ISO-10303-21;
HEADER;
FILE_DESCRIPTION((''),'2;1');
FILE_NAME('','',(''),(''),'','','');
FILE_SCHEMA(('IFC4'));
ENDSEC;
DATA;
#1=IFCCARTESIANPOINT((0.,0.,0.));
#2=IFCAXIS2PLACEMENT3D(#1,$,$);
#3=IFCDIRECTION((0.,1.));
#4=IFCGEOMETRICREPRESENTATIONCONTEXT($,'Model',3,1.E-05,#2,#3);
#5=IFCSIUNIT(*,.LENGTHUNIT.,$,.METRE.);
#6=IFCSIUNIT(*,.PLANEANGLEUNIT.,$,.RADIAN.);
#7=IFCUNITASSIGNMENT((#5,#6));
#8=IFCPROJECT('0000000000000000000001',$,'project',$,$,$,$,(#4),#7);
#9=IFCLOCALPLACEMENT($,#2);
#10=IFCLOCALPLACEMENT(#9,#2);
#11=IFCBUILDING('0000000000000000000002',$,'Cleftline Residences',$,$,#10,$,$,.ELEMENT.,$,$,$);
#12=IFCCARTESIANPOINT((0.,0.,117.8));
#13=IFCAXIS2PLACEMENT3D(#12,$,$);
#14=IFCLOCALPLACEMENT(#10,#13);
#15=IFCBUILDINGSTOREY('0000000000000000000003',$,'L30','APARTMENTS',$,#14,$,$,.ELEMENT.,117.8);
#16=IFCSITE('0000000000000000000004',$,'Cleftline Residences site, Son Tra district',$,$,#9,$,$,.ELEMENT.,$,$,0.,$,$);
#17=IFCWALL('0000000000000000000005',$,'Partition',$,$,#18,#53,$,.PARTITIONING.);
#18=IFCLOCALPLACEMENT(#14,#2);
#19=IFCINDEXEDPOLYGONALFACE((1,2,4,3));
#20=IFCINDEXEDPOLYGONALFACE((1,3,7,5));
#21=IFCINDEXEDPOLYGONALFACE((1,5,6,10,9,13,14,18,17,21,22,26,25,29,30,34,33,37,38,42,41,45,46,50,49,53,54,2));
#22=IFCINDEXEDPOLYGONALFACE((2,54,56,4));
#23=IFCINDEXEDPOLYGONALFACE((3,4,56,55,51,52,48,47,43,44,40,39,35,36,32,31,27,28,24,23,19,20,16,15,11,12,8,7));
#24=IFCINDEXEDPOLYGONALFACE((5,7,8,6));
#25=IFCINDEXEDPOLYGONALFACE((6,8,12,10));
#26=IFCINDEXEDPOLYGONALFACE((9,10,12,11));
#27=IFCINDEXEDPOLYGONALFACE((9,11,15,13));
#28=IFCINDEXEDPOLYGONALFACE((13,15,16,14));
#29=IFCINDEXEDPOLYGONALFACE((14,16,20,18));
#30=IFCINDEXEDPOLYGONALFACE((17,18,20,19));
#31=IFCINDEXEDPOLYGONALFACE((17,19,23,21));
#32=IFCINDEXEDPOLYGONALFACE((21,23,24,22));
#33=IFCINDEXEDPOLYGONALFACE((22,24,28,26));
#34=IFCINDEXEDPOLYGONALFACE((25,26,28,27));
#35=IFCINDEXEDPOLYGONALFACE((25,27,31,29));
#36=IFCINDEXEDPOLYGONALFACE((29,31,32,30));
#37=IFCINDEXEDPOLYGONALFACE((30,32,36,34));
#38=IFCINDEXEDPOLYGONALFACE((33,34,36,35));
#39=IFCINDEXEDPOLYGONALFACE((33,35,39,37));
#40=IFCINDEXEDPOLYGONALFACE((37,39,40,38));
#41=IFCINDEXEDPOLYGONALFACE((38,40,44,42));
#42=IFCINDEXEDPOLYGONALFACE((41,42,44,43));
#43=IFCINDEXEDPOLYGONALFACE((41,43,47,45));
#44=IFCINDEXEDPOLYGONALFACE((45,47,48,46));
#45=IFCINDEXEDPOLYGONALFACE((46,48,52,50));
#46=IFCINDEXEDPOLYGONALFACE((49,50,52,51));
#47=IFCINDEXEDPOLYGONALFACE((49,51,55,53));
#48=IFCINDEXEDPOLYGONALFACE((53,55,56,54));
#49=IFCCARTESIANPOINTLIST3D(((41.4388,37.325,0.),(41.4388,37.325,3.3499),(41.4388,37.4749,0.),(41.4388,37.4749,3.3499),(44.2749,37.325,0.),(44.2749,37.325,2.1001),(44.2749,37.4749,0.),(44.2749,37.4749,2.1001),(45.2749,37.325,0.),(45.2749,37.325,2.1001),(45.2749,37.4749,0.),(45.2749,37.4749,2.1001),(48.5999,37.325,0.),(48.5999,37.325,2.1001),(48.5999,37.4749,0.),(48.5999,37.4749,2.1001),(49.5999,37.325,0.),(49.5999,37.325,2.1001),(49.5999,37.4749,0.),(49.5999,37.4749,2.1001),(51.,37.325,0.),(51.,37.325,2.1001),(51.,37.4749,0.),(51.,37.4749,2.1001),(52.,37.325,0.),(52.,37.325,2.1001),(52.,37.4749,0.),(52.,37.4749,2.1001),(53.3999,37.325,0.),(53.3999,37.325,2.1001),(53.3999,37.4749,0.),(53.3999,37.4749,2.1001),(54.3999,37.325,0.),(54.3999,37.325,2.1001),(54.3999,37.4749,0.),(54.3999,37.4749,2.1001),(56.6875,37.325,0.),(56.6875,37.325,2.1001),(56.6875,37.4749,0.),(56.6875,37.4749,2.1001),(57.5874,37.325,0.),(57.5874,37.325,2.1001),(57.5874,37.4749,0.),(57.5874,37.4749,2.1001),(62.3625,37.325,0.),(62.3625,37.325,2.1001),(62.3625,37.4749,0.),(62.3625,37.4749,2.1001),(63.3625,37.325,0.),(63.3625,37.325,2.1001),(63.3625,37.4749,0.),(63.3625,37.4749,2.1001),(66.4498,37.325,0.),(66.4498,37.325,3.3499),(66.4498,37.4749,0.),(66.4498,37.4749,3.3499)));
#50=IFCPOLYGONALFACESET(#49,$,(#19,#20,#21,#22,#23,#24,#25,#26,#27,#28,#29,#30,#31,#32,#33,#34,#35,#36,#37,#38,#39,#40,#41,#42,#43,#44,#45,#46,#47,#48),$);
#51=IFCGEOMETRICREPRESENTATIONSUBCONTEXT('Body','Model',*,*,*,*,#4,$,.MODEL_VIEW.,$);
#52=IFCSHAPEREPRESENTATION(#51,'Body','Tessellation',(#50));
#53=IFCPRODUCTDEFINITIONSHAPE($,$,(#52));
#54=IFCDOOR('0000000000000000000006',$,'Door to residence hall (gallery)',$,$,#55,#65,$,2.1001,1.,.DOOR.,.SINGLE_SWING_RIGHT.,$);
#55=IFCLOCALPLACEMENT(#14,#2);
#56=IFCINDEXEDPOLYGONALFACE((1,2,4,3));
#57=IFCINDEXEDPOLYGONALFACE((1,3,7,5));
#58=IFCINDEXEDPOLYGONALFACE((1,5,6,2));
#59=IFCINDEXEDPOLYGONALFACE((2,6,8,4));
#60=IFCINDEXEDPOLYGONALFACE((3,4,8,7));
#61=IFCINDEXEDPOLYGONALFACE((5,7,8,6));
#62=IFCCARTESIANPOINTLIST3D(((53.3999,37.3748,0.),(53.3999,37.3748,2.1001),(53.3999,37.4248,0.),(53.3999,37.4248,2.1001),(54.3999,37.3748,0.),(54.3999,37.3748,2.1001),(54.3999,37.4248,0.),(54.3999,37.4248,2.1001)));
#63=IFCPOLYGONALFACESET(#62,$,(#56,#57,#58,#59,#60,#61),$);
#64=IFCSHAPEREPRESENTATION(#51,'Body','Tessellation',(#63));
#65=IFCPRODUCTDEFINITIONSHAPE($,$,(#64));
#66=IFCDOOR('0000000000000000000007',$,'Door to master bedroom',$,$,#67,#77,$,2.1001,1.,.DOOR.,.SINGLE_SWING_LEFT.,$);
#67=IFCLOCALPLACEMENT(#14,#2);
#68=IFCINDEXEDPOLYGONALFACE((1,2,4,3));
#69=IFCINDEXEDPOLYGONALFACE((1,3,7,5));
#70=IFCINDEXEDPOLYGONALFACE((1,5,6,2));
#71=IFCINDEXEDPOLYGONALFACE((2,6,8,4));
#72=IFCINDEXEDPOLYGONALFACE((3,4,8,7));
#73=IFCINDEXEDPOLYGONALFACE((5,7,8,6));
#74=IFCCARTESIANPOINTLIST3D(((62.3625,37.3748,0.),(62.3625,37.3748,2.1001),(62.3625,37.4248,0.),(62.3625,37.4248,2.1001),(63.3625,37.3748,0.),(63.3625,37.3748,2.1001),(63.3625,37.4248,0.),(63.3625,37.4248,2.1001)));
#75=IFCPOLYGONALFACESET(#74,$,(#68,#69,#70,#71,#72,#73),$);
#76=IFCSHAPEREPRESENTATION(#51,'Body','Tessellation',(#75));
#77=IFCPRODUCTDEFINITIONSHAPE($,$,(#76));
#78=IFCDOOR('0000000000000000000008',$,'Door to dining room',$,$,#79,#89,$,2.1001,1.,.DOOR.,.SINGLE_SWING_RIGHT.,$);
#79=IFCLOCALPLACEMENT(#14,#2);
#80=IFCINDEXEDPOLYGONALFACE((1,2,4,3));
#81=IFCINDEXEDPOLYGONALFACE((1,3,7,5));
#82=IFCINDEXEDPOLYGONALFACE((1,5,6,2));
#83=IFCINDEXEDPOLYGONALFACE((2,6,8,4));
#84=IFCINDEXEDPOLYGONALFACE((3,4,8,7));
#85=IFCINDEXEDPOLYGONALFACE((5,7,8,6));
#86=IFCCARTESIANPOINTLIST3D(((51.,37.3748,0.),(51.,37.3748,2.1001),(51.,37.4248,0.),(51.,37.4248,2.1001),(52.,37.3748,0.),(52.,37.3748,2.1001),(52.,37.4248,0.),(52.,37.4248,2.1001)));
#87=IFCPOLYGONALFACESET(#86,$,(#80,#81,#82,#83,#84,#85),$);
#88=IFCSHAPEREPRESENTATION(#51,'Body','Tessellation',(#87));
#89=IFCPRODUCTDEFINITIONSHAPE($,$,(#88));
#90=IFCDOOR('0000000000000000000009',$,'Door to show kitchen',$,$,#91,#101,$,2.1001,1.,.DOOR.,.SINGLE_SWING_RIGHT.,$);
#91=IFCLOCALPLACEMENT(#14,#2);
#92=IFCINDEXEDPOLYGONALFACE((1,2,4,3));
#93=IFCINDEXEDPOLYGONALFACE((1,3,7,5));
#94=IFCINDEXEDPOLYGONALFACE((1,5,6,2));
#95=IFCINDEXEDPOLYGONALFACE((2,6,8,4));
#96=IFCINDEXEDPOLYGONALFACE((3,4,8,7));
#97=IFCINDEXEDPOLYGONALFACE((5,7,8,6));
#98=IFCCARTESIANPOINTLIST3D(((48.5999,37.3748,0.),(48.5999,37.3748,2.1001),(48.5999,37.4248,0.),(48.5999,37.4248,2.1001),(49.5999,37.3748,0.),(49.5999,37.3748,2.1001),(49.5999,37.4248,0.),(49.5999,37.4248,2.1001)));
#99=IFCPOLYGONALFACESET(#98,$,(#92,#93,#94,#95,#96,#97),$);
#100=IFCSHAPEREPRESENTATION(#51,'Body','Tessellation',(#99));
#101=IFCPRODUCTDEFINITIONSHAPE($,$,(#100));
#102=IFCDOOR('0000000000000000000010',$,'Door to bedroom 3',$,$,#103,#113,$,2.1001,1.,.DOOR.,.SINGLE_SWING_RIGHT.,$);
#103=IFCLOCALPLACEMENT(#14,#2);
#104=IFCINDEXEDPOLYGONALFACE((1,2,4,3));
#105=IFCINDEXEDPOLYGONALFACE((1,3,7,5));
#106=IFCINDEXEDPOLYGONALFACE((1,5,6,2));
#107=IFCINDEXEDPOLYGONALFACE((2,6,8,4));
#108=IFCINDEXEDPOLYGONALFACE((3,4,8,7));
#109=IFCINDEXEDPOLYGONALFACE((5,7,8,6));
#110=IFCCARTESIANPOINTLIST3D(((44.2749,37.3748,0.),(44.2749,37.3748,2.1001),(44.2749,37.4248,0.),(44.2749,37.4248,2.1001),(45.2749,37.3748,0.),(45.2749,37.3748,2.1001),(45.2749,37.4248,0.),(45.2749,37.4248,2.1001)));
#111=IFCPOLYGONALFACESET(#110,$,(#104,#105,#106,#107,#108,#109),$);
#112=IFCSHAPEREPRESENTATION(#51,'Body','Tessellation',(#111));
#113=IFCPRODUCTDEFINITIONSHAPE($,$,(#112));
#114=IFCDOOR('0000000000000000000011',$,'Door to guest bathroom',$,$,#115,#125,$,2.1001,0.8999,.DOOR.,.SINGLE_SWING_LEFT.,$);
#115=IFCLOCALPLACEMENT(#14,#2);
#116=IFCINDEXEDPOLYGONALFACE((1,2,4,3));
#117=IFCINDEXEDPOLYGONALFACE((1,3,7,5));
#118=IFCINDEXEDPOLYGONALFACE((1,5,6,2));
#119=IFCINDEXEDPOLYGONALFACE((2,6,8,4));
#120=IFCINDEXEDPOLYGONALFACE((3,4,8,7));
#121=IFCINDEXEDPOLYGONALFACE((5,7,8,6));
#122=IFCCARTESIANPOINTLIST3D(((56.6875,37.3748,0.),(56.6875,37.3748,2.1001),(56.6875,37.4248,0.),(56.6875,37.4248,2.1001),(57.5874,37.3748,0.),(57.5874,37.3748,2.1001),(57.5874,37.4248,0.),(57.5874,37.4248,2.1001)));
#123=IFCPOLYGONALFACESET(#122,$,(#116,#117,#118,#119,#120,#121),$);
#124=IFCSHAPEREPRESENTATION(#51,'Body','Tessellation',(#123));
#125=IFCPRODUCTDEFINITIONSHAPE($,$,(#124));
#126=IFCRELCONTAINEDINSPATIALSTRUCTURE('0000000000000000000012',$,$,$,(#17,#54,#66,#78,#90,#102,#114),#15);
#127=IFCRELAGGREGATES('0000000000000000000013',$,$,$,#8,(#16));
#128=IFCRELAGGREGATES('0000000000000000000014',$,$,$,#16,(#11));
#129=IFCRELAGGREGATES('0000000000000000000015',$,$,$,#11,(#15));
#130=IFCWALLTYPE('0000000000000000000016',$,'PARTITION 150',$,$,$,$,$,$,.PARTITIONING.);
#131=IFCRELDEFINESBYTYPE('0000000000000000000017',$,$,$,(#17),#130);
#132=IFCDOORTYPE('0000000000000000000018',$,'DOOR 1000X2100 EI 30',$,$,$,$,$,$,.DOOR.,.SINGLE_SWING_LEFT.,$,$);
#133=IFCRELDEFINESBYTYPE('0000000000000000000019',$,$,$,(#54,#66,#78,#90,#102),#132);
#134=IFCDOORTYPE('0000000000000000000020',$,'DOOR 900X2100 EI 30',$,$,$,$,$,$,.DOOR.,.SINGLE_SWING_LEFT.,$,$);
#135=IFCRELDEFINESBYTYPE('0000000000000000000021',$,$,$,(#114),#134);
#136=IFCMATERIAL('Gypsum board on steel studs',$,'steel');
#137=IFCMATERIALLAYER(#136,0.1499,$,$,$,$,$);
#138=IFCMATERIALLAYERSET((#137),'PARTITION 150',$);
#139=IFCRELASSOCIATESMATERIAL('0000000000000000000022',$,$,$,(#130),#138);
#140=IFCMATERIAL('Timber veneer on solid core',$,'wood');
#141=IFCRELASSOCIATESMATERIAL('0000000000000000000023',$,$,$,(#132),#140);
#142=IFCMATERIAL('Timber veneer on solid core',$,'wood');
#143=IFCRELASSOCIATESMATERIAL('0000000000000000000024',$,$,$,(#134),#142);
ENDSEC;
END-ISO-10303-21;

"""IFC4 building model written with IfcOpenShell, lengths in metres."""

from ifc_helpers import new_model, si_unit, direction, frame, frame_2d, origin, place, context, subcontext, project, spatial, rectangle, extrude, material, layer, layer_set, type_object, element, fill, save


model = new_model("IFC4")

# Units and contexts
model_context = context("Model", 3, precision=1e-05, world=origin(), true_north=direction((0.0, 1.0)))
body_context = subcontext(model_context, "Body", "Model", "MODEL_VIEW")
ifc_project = project(units=[si_unit("LENGTHUNIT", "METRE"), si_unit("PLANEANGLEUNIT", "RADIAN")], contexts=[model_context])

# Site, building, storey
site_placement = place(None, origin())
site = spatial("IfcSite", under=ifc_project, at=site_placement, Name="Cleftline Residences site, Son Tra district", CompositionType="ELEMENT", RefElevation=0.0)
building_placement = place(site_placement, origin())
building = spatial("IfcBuilding", under=site, at=building_placement, Name="Cleftline Residences", CompositionType="ELEMENT")
storey_placement = place(building_placement, frame((0.0, 0.0, 117.8)))
storey = spatial("IfcBuildingStorey", under=building, at=storey_placement, Name="L30", Description="APARTMENTS", CompositionType="ELEMENT", Elevation=117.8)

# Wall, openings, doors
ifc_material_1 = material(Name="Gypsum board on steel studs", Category="steel")
ifc_layer_1 = layer(ifc_material_1, 0.1499)
ifc_layer_set_1 = layer_set([ifc_layer_1], Name="PARTITION 150")
wall_type = type_object("IfcWallType", Name="PARTITION 150", PredefinedType="PARTITIONING", material=ifc_layer_set_1)
wall_1_placement = place(storey_placement, frame((41.439, 37.3999, 0.0), z_axis=(0.0, 0.0, 1.0), x_axis=(1.0, 0.0, 0.0)))
wall_1 = element("IfcWall", 1, at=wall_1_placement, inside=storey, type_object=wall_type, Name="Partition", PredefinedType="PARTITIONING", context=body_context, shape_type="SweptSolid", body=[
    extrude(rectangle(XDim=25.011, YDim=0.1499, at=frame_2d((12.5054, 0.0))), origin(), (0.0, 0.0, 1.0), 3.3499),
])
opening_1_placement = place(wall_1_placement, frame((11.9609, 0.0, 0.0)))
opening_1 = element("IfcOpeningElement", 2, at=opening_1_placement, cuts=wall_1, PredefinedType="OPENING", context=body_context, shape_type="SweptSolid", body=[
    extrude(rectangle(XDim=1.0, YDim=2.1001, at=frame_2d((0.5, 1.05))), frame((0.0, 0.085, 0.0), z_axis=(0.0, -1.0, 0.0), x_axis=(1.0, 0.0, 0.0)), (0.0, 0.0, 1.0), 0.1699),
])
opening_2_placement = place(wall_1_placement, frame((20.9236, 0.0, 0.0)))
opening_2 = element("IfcOpeningElement", 3, at=opening_2_placement, cuts=wall_1, PredefinedType="OPENING", context=body_context, shape_type="SweptSolid", body=[
    extrude(rectangle(XDim=1.0, YDim=2.1001, at=frame_2d((0.5, 1.05))), frame((0.0, 0.085, 0.0), z_axis=(0.0, -1.0, 0.0), x_axis=(1.0, 0.0, 0.0)), (0.0, 0.0, 1.0), 0.1699),
])
opening_3_placement = place(wall_1_placement, frame((15.2485, 0.0, 0.0)))
opening_3 = element("IfcOpeningElement", 4, at=opening_3_placement, cuts=wall_1, PredefinedType="OPENING", context=body_context, shape_type="SweptSolid", body=[
    extrude(rectangle(XDim=0.8999, YDim=2.1001, at=frame_2d((0.45, 1.05))), frame((0.0, 0.085, 0.0), z_axis=(0.0, -1.0, 0.0), x_axis=(1.0, 0.0, 0.0)), (0.0, 0.0, 1.0), 0.1699),
])
opening_4_placement = place(wall_1_placement, frame((9.561, 0.0, 0.0)))
opening_4 = element("IfcOpeningElement", 5, at=opening_4_placement, cuts=wall_1, PredefinedType="OPENING", context=body_context, shape_type="SweptSolid", body=[
    extrude(rectangle(XDim=1.0, YDim=2.1001, at=frame_2d((0.5, 1.05))), frame((0.0, 0.085, 0.0), z_axis=(0.0, -1.0, 0.0), x_axis=(1.0, 0.0, 0.0)), (0.0, 0.0, 1.0), 0.1699),
])
opening_5_placement = place(wall_1_placement, frame((7.1609, 0.0, 0.0)))
opening_5 = element("IfcOpeningElement", 6, at=opening_5_placement, cuts=wall_1, PredefinedType="OPENING", context=body_context, shape_type="SweptSolid", body=[
    extrude(rectangle(XDim=1.0, YDim=2.1001, at=frame_2d((0.5, 1.05))), frame((0.0, 0.085, 0.0), z_axis=(0.0, -1.0, 0.0), x_axis=(1.0, 0.0, 0.0)), (0.0, 0.0, 1.0), 0.1699),
])
opening_6_placement = place(wall_1_placement, frame((2.8359, 0.0, 0.0)))
opening_6 = element("IfcOpeningElement", 7, at=opening_6_placement, cuts=wall_1, PredefinedType="OPENING", context=body_context, shape_type="SweptSolid", body=[
    extrude(rectangle(XDim=1.0, YDim=2.1001, at=frame_2d((0.5, 1.05))), frame((0.0, 0.085, 0.0), z_axis=(0.0, -1.0, 0.0), x_axis=(1.0, 0.0, 0.0)), (0.0, 0.0, 1.0), 0.1699),
])
ifc_material_2 = material(Name="Timber veneer on solid core", Category="wood")
door_type_1 = type_object("IfcDoorType", Name="DOOR 1000X2100 EI 30", OperationType="SINGLE_SWING_LEFT", PredefinedType="DOOR", material=ifc_material_2)
door_1_placement = place(opening_1_placement, origin())
door_1 = element("IfcDoor", 8, at=door_1_placement, inside=storey, type_object=door_type_1, Name="Door to residence hall (gallery)", OperationType="SINGLE_SWING_RIGHT", OverallHeight=2.1001, OverallWidth=1.0, PredefinedType="DOOR", context=body_context, shape_type="SweptSolid", body=[
    extrude(rectangle(XDim=1.0, YDim=2.1001, at=frame_2d((0.5, 1.05))), frame((0.0, 0.0249, 0.0), z_axis=(0.0, -1.0, 0.0), x_axis=(1.0, 0.0, 0.0)), (0.0, 0.0, 1.0), 0.05),
])
fill(opening_1, door_1)
door_2_placement = place(opening_2_placement, origin())
door_2 = element("IfcDoor", 9, at=door_2_placement, inside=storey, type_object=door_type_1, Name="Door to master bedroom", OperationType="SINGLE_SWING_LEFT", OverallHeight=2.1001, OverallWidth=1.0, PredefinedType="DOOR", context=body_context, shape_type="SweptSolid", body=[
    extrude(rectangle(XDim=1.0, YDim=2.1001, at=frame_2d((0.5, 1.05))), frame((0.0, 0.0249, 0.0), z_axis=(0.0, -1.0, 0.0), x_axis=(1.0, 0.0, 0.0)), (0.0, 0.0, 1.0), 0.05),
])
fill(opening_2, door_2)
door_3_placement = place(opening_4_placement, origin())
door_3 = element("IfcDoor", 10, at=door_3_placement, inside=storey, type_object=door_type_1, Name="Door to dining room", OperationType="SINGLE_SWING_RIGHT", OverallHeight=2.1001, OverallWidth=1.0, PredefinedType="DOOR", context=body_context, shape_type="SweptSolid", body=[
    extrude(rectangle(XDim=1.0, YDim=2.1001, at=frame_2d((0.5, 1.05))), frame((0.0, 0.0249, 0.0), z_axis=(0.0, -1.0, 0.0), x_axis=(1.0, 0.0, 0.0)), (0.0, 0.0, 1.0), 0.05),
])
fill(opening_4, door_3)
door_4_placement = place(opening_5_placement, origin())
door_4 = element("IfcDoor", 11, at=door_4_placement, inside=storey, type_object=door_type_1, Name="Door to show kitchen", OperationType="SINGLE_SWING_RIGHT", OverallHeight=2.1001, OverallWidth=1.0, PredefinedType="DOOR", context=body_context, shape_type="SweptSolid", body=[
    extrude(rectangle(XDim=1.0, YDim=2.1001, at=frame_2d((0.5, 1.05))), frame((0.0, 0.0249, 0.0), z_axis=(0.0, -1.0, 0.0), x_axis=(1.0, 0.0, 0.0)), (0.0, 0.0, 1.0), 0.05),
])
fill(opening_5, door_4)
door_5_placement = place(opening_6_placement, origin())
door_5 = element("IfcDoor", 12, at=door_5_placement, inside=storey, type_object=door_type_1, Name="Door to bedroom 3", OperationType="SINGLE_SWING_RIGHT", OverallHeight=2.1001, OverallWidth=1.0, PredefinedType="DOOR", context=body_context, shape_type="SweptSolid", body=[
    extrude(rectangle(XDim=1.0, YDim=2.1001, at=frame_2d((0.5, 1.05))), frame((0.0, 0.0249, 0.0), z_axis=(0.0, -1.0, 0.0), x_axis=(1.0, 0.0, 0.0)), (0.0, 0.0, 1.0), 0.05),
])
fill(opening_6, door_5)
ifc_material_3 = material(Name="Timber veneer on solid core", Category="wood")
door_type_2 = type_object("IfcDoorType", Name="DOOR 900X2100 EI 30", OperationType="SINGLE_SWING_LEFT", PredefinedType="DOOR", material=ifc_material_3)
door_6_placement = place(opening_3_placement, origin())
door_6 = element("IfcDoor", 13, at=door_6_placement, inside=storey, type_object=door_type_2, Name="Door to guest bathroom", OperationType="SINGLE_SWING_LEFT", OverallHeight=2.1001, OverallWidth=0.8999, PredefinedType="DOOR", context=body_context, shape_type="SweptSolid", body=[
    extrude(rectangle(XDim=0.8999, YDim=2.1001, at=frame_2d((0.45, 1.05))), frame((0.0, 0.0249, 0.0), z_axis=(0.0, -1.0, 0.0), x_axis=(1.0, 0.0, 0.0)), (0.0, 0.0, 1.0), 0.05),
])
fill(opening_3, door_6)

save(model, "model.ifc")
